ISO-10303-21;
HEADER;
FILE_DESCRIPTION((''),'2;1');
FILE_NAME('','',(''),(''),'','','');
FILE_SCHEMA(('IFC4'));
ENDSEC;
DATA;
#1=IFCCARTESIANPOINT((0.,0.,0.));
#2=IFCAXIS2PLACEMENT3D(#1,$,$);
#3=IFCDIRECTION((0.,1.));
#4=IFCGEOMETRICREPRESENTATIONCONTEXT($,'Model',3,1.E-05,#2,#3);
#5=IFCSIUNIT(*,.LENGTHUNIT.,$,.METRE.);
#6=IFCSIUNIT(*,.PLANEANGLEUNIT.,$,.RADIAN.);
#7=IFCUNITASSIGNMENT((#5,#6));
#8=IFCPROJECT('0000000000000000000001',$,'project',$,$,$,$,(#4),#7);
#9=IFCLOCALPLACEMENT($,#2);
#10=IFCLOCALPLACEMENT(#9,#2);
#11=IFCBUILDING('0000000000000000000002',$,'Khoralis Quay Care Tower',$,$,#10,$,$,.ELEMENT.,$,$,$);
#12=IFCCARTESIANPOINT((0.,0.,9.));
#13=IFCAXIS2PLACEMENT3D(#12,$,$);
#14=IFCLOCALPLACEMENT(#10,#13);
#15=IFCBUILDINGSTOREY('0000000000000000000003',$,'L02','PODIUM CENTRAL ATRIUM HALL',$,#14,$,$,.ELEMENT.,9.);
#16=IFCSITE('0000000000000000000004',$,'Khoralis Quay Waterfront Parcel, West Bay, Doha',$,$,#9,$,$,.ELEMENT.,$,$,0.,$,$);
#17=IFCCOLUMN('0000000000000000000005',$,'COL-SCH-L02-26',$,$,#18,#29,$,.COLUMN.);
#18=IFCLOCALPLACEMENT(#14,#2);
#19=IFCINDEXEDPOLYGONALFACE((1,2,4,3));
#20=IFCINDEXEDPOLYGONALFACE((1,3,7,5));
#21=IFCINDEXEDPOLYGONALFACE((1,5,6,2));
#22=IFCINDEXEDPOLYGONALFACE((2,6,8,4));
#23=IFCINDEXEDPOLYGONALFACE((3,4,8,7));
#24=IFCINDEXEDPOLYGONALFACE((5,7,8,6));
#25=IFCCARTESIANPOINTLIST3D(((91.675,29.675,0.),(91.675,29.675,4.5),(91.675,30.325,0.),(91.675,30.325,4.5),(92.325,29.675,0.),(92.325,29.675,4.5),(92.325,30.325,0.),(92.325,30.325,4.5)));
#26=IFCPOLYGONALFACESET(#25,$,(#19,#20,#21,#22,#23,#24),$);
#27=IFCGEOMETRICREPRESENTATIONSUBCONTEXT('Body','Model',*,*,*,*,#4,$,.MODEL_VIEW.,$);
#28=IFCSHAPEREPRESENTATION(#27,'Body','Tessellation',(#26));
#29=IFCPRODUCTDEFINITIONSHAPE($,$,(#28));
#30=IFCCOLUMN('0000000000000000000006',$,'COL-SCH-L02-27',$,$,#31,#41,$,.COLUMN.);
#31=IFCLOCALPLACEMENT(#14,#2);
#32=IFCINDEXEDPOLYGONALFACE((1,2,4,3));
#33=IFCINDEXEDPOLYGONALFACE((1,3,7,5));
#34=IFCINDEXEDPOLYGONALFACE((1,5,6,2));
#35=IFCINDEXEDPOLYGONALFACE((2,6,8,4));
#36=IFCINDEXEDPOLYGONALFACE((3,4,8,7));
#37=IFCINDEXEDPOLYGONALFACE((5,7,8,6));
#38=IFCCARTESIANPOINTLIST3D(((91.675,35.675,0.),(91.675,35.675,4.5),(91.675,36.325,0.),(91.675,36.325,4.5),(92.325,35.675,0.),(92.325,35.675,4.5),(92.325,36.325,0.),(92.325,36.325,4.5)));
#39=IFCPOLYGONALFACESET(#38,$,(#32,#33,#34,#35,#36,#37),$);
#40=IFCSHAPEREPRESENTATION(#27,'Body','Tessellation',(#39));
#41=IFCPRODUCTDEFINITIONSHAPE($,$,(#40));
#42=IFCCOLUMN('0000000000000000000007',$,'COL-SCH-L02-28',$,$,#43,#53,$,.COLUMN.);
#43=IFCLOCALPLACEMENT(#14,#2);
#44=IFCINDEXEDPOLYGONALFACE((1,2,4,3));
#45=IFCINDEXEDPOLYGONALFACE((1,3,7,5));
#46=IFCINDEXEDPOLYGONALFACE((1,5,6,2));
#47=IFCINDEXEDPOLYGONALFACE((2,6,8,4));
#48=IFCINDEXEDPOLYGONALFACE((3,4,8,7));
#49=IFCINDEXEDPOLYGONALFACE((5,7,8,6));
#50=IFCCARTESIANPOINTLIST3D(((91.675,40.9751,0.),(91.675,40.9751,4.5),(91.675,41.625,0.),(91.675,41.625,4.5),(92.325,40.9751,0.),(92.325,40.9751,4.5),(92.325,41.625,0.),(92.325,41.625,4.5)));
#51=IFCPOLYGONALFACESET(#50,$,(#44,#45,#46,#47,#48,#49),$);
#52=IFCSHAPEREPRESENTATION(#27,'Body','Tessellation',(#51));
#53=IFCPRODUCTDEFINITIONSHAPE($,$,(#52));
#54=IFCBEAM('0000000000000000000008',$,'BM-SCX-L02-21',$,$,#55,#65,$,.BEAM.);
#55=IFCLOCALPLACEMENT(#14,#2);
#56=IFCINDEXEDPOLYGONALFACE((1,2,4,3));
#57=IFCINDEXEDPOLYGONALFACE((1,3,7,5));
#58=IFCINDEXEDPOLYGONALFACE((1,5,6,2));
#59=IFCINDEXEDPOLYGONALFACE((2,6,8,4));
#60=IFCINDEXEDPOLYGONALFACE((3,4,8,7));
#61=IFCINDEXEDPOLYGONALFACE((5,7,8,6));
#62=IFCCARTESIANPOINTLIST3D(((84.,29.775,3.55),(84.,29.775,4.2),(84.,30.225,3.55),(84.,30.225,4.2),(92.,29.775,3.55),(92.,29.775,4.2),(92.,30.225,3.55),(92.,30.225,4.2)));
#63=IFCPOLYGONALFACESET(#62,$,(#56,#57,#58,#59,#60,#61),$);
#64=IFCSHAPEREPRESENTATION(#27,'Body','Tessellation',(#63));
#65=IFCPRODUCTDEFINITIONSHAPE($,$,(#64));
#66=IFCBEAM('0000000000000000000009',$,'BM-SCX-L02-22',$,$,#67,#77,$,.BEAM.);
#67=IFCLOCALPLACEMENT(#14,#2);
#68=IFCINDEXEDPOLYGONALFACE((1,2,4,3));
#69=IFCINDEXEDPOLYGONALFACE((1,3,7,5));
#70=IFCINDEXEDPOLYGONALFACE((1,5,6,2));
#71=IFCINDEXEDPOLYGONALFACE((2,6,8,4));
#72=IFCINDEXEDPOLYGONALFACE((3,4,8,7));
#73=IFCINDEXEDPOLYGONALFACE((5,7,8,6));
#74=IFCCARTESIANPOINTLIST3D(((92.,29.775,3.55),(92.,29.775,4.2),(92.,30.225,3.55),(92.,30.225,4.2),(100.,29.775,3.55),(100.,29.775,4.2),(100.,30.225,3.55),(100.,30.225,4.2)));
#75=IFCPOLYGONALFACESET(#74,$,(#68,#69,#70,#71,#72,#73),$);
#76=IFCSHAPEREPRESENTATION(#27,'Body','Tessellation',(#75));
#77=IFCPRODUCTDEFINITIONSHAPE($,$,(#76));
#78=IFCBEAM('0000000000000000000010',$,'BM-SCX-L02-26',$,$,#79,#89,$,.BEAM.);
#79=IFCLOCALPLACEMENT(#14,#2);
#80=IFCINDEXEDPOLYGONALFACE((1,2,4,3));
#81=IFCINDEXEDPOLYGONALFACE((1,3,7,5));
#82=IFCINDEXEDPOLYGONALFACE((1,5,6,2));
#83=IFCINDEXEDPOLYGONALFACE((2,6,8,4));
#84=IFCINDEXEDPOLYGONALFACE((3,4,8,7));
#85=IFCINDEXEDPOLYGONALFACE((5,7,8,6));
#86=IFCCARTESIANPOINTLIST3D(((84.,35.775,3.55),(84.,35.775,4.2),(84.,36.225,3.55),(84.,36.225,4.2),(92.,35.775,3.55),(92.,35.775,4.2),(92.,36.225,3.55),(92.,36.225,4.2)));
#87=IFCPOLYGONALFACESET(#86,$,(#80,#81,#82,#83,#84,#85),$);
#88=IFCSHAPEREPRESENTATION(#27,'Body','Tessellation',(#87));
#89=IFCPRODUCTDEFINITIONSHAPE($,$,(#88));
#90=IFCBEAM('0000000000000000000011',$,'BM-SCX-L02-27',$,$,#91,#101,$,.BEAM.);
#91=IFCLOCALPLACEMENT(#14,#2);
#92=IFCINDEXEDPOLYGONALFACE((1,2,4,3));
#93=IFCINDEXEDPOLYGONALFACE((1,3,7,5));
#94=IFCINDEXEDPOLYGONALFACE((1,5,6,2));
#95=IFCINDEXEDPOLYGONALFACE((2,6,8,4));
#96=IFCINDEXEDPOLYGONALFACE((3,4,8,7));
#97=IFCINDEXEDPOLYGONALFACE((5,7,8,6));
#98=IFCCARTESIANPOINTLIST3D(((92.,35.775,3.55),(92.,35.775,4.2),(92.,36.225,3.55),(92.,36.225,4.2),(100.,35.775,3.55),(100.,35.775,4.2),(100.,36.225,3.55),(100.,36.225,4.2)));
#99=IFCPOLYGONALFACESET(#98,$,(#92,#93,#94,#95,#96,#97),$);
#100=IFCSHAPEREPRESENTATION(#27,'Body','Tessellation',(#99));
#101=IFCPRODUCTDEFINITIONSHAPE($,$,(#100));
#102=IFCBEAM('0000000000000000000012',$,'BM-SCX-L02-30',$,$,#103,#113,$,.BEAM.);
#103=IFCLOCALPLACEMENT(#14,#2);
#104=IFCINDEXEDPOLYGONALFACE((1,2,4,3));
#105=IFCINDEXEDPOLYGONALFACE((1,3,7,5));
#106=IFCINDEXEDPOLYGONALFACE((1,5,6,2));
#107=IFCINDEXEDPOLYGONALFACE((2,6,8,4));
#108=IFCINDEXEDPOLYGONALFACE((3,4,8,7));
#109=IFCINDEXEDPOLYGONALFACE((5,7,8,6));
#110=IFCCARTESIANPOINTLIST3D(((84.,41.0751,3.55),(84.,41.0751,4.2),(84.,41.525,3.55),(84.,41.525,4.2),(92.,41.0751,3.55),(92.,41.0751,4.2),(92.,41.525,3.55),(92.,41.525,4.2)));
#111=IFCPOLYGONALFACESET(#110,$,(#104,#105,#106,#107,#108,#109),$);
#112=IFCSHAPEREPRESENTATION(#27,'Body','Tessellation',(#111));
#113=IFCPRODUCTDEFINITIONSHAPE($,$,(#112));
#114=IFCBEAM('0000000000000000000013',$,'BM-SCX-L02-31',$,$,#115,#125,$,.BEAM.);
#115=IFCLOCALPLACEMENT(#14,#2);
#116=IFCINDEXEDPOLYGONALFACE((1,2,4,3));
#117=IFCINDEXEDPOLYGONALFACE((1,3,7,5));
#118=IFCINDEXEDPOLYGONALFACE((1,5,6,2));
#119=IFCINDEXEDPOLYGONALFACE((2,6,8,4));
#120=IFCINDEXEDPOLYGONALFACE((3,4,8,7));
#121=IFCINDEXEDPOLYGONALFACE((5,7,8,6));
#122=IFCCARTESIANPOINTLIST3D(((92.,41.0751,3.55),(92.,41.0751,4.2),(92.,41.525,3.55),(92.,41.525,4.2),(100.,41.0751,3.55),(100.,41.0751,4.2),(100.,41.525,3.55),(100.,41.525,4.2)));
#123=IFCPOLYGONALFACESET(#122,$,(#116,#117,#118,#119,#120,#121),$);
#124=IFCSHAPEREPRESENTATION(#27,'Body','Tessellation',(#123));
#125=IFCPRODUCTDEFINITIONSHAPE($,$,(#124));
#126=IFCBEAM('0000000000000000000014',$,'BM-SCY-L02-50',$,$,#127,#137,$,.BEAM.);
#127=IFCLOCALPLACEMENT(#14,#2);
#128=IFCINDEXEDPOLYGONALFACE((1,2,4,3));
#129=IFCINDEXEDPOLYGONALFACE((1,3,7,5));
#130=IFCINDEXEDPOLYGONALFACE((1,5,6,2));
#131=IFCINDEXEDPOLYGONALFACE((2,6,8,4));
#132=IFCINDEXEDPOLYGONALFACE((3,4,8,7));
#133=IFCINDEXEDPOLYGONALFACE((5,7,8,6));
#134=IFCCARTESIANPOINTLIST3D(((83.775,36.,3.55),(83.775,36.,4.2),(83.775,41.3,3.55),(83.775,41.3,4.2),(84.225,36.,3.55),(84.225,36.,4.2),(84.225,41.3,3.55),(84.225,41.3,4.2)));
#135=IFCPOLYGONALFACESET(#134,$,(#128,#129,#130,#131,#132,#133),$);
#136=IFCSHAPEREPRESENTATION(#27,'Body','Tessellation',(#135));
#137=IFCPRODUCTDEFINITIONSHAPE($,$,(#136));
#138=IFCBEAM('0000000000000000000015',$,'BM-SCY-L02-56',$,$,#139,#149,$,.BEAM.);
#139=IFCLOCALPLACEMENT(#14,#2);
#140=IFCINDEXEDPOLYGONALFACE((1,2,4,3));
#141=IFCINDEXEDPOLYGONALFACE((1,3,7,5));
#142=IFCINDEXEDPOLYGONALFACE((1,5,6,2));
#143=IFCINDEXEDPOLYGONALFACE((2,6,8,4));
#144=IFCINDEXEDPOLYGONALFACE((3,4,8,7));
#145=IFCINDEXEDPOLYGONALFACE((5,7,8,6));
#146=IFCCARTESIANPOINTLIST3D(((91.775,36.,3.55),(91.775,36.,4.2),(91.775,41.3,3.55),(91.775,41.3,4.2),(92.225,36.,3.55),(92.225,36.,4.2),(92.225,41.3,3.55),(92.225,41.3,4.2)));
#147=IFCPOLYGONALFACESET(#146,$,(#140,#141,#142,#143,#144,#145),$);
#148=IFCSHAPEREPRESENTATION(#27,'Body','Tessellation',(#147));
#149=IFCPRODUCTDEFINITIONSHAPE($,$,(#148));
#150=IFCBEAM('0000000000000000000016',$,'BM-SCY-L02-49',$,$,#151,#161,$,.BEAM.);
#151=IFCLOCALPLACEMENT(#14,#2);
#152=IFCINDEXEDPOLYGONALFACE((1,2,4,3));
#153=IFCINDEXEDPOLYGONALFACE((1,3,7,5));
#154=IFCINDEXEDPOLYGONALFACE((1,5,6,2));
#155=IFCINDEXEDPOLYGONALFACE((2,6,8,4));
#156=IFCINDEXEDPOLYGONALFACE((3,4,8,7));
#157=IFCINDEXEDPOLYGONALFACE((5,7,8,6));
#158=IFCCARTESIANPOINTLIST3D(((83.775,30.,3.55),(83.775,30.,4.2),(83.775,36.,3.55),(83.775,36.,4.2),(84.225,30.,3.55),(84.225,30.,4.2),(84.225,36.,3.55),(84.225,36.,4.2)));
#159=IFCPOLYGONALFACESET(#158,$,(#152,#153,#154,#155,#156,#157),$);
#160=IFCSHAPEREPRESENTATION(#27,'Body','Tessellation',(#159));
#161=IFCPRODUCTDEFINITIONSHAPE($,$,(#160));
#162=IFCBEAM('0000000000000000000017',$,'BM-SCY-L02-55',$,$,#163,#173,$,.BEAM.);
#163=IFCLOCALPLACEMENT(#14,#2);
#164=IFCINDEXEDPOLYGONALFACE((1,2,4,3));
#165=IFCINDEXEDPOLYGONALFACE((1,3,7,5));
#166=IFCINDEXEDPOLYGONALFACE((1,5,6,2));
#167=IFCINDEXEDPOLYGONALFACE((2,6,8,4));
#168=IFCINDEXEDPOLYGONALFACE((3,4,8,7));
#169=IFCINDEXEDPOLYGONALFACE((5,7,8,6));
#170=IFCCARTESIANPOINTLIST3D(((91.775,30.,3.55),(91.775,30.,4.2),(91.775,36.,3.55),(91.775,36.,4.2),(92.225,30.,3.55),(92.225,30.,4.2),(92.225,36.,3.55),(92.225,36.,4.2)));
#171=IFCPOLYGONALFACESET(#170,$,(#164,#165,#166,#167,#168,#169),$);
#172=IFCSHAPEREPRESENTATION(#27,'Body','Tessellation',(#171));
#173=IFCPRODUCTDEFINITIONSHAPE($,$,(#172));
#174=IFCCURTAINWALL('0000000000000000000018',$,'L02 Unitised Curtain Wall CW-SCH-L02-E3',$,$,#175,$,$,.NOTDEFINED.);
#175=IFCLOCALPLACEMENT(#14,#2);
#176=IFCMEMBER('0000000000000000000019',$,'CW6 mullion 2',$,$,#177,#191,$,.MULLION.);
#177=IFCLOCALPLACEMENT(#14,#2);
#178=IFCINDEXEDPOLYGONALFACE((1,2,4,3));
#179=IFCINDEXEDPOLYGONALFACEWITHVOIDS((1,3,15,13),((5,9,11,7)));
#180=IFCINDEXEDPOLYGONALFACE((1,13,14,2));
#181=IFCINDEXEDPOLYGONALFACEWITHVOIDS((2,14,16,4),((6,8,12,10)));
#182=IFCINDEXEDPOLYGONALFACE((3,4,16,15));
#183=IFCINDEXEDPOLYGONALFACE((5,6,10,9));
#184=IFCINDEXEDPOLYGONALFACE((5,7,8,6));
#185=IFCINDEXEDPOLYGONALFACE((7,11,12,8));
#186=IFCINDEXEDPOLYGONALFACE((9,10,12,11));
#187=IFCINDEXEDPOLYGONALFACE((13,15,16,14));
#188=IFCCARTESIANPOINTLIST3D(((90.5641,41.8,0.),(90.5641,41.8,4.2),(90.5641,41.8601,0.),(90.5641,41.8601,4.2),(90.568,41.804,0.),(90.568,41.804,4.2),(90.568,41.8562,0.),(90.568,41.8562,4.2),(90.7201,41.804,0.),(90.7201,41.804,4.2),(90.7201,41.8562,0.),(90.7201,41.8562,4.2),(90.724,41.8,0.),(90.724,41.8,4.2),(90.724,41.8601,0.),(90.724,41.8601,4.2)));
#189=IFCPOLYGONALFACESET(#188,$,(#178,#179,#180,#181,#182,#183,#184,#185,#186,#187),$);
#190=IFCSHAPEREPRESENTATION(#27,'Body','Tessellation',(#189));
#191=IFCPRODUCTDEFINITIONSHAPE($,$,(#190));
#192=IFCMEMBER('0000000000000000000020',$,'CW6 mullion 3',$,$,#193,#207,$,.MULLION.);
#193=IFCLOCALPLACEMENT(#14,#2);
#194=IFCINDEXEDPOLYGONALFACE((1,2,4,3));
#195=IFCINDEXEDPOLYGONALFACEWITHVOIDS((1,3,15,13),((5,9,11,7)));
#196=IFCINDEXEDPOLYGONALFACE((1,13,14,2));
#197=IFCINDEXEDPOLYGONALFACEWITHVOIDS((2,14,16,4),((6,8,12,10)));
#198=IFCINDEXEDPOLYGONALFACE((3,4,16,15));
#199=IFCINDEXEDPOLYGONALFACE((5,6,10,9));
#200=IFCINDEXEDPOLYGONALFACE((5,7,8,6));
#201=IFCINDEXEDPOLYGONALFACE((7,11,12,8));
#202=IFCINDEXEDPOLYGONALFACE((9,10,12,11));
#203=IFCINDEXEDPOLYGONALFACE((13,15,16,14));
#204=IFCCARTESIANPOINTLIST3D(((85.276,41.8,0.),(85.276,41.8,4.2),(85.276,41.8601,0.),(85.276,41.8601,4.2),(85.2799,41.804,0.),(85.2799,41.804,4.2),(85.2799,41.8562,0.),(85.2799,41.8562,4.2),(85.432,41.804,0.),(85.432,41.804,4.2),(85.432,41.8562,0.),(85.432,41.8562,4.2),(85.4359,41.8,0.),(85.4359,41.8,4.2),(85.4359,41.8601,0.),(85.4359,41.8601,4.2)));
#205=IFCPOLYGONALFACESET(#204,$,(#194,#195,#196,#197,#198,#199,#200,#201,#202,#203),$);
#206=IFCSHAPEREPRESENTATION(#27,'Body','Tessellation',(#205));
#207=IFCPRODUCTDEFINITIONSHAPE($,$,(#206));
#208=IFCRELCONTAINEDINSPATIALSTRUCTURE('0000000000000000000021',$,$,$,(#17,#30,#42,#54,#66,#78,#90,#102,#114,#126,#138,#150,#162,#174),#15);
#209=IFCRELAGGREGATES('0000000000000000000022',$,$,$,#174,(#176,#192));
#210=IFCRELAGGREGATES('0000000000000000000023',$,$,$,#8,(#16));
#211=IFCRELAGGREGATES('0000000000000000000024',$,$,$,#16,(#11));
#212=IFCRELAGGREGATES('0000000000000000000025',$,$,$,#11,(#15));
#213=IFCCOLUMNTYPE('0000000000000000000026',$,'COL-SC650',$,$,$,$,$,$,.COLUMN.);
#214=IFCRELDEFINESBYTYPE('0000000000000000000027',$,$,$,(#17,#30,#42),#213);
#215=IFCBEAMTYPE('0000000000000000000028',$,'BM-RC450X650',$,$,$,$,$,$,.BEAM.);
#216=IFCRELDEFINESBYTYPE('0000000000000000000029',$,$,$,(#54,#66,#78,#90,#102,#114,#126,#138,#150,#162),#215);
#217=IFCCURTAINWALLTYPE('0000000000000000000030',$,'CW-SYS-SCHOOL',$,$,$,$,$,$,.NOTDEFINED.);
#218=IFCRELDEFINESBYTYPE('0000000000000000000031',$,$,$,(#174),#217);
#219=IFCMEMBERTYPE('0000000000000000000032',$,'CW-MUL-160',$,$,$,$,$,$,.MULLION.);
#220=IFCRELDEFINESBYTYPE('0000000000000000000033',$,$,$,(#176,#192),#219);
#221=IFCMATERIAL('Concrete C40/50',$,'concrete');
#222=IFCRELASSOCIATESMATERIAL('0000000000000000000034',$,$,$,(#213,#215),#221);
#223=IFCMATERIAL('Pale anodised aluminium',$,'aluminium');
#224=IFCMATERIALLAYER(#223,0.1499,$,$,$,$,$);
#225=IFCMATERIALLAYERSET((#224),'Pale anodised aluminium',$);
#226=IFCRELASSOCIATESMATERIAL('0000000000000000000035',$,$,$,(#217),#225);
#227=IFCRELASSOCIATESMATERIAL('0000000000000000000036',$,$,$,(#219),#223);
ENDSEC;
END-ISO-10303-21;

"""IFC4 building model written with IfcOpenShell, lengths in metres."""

from ifc_helpers import new_model, si_unit, direction, frame, origin, origin_2d, place, context, subcontext, project, spatial, rectangle, hollow_rectangle, extrude, source, transform, mapped, material, layer, layer_set, material_profile, profile_set, type_object, element, aggregate, save


model = new_model("IFC4")

# Units and contexts
model_context = context("Model", 3, precision=1e-05, world=origin(), true_north=direction((0.0, 1.0)))
body_context = subcontext(model_context, "Body", "Model", "MODEL_VIEW")
ifc_project = project(units=[si_unit("LENGTHUNIT", "METRE"), si_unit("PLANEANGLEUNIT", "RADIAN")], contexts=[model_context])

# Site, building, storey
site_placement = place(None, origin())
site = spatial("IfcSite", under=ifc_project, at=site_placement, Name="Khoralis Quay Waterfront Parcel, West Bay, Doha", CompositionType="ELEMENT", RefElevation=0.0)
building_placement = place(site_placement, origin())
building = spatial("IfcBuilding", under=site, at=building_placement, Name="Khoralis Quay Care Tower", CompositionType="ELEMENT")
storey_placement = place(building_placement, frame((0.0, 0.0, 9.0)))
storey = spatial("IfcBuildingStorey", under=building, at=storey_placement, Name="L02", Description="PODIUM CENTRAL ATRIUM HALL", CompositionType="ELEMENT", Elevation=9.0)

# Columns
ifc_material_1 = material(Name="Concrete C40/50", Category="concrete")
ifc_material_profile_1 = material_profile(ifc_material_1, rectangle(XDim=0.6499, YDim=0.6499, at=origin_2d()), Name="Concrete C40/50")
ifc_profile_set_1 = profile_set([ifc_material_profile_1], Name="Concrete C40/50")
column_type = type_object("IfcColumnType", Name="COL-SC650", PredefinedType="COLUMN", material=ifc_profile_set_1)
shared_shape_1 = source(origin(), body_context, "Body", "SweptSolid", [
    extrude(rectangle(XDim=0.6499, YDim=0.6499, at=origin_2d()), origin(), (0.0, 0.0, 1.0), 4.5),
])
for number, where, z_axis, x_axis, name in (
    (1, (92.0, 30.0, 0.0), (0.0, 0.0, 1.0), (1.0, 0.0, 0.0), "COL-SCH-L02-26"),
    (2, (92.0, 36.0, 0.0), (0.0, 0.0, 1.0), (1.0, 0.0, 0.0), "COL-SCH-L02-27"),
    (3, (92.0, 41.3, 0.0), (0.0, 0.0, 1.0), (1.0, 0.0, 0.0), "COL-SCH-L02-28"),
):
    element("IfcColumn", number, at=place(storey_placement, frame(where, z_axis=z_axis, x_axis=x_axis)), inside=storey, type_object=column_type, Name=name, PredefinedType="COLUMN", context=body_context, shape_type="MappedRepresentation", body=[
        mapped(shared_shape_1, transform((0.0, 0.0, 0.0), scale=1.0)),
    ])

# Beams
ifc_material_profile_2 = material_profile(ifc_material_1, rectangle(XDim=0.45, YDim=0.6499, at=origin_2d()), Name="Concrete C40/50")
ifc_profile_set_2 = profile_set([ifc_material_profile_2], Name="Concrete C40/50")
beam_type = type_object("IfcBeamType", Name="BM-RC450X650", PredefinedType="BEAM", material=ifc_profile_set_2)
shared_shape_2 = source(origin(), body_context, "Body", "SweptSolid", [
    extrude(rectangle(XDim=0.45, YDim=0.6499, at=origin_2d()), origin(), (0.0, 0.0, 1.0), 8.0),
])
for number, where, z_axis, x_axis, name in (
    (4, (84.0, 30.0, 3.875), (1.0, 0.0, 0.0), (0.0, 1.0, 0.0), "BM-SCX-L02-21"),
    (5, (92.0, 30.0, 3.875), (1.0, 0.0, 0.0), (0.0, 1.0, 0.0), "BM-SCX-L02-22"),
    (6, (84.0, 36.0, 3.875), (1.0, 0.0, 0.0), (0.0, 1.0, 0.0), "BM-SCX-L02-26"),
    (7, (92.0, 36.0, 3.875), (1.0, 0.0, 0.0), (0.0, 1.0, 0.0), "BM-SCX-L02-27"),
    (8, (84.0, 41.3, 3.875), (1.0, 0.0, 0.0), (0.0, 1.0, 0.0), "BM-SCX-L02-30"),
    (9, (92.0, 41.3, 3.875), (1.0, 0.0, 0.0), (0.0, 1.0, 0.0), "BM-SCX-L02-31"),
):
    element("IfcBeam", number, at=place(storey_placement, frame(where, z_axis=z_axis, x_axis=x_axis)), inside=storey, type_object=beam_type, Name=name, PredefinedType="BEAM", context=body_context, shape_type="MappedRepresentation", body=[
        mapped(shared_shape_2, transform((0.0, 0.0, 0.0), scale=1.0)),
    ])
shared_shape_3 = source(origin(), body_context, "Body", "SweptSolid", [
    extrude(rectangle(XDim=0.45, YDim=0.6499, at=origin_2d()), origin(), (0.0, 0.0, 1.0), 5.3),
])
for number, where, z_axis, x_axis, name in (
    (10, (84.0, 36.0, 3.875), (0.0, 1.0, 0.0), (-1.0, 0.0, 0.0), "BM-SCY-L02-50"),
    (11, (92.0, 36.0, 3.875), (0.0, 1.0, 0.0), (-1.0, 0.0, 0.0), "BM-SCY-L02-56"),
):
    element("IfcBeam", number, at=place(storey_placement, frame(where, z_axis=z_axis, x_axis=x_axis)), inside=storey, type_object=beam_type, Name=name, PredefinedType="BEAM", context=body_context, shape_type="MappedRepresentation", body=[
        mapped(shared_shape_3, transform((0.0, 0.0, 0.0), scale=1.0)),
    ])
shared_shape_4 = source(origin(), body_context, "Body", "SweptSolid", [
    extrude(rectangle(XDim=0.45, YDim=0.6499, at=origin_2d()), origin(), (0.0, 0.0, 1.0), 6.0),
])
for number, where, z_axis, x_axis, name in (
    (12, (84.0, 30.0, 3.875), (0.0, 1.0, 0.0), (-1.0, 0.0, 0.0), "BM-SCY-L02-49"),
    (13, (92.0, 30.0, 3.875), (0.0, 1.0, 0.0), (-1.0, 0.0, 0.0), "BM-SCY-L02-55"),
):
    element("IfcBeam", number, at=place(storey_placement, frame(where, z_axis=z_axis, x_axis=x_axis)), inside=storey, type_object=beam_type, Name=name, PredefinedType="BEAM", context=body_context, shape_type="MappedRepresentation", body=[
        mapped(shared_shape_4, transform((0.0, 0.0, 0.0), scale=1.0)),
    ])

# Curtain wall, members
ifc_material_2 = material(Name="Pale anodised aluminium", Category="aluminium")
ifc_layer_1 = layer(ifc_material_2, 0.1499)
ifc_layer_set_1 = layer_set([ifc_layer_1], Name="Pale anodised aluminium")
curtain_wall_type = type_object("IfcCurtainWallType", Name="CW-SYS-SCHOOL", PredefinedType="NOTDEFINED", material=ifc_layer_set_1)
curtain_wall_placement = place(storey_placement, origin())
curtain_wall = element("IfcCurtainWall", 14, at=curtain_wall_placement, inside=storey, type_object=curtain_wall_type, Name="L02 Unitised Curtain Wall CW-SCH-L02-E3", PredefinedType="NOTDEFINED")
ifc_material_profile_3 = material_profile(ifc_material_2, hollow_rectangle(XDim=0.0601, YDim=0.1599, WallThickness=0.0039, at=origin_2d()), Name="Pale anodised aluminium")
ifc_profile_set_3 = profile_set([ifc_material_profile_3], Name="Pale anodised aluminium")
member_type_1 = type_object("IfcMemberType", Name="CW-MUL-160", PredefinedType="MULLION", material=ifc_profile_set_3)
shared_shape_5 = source(origin(), body_context, "Body", "SweptSolid", [
    extrude(hollow_rectangle(XDim=0.0601, YDim=0.1599, WallThickness=0.0039, at=origin_2d()), origin(), (0.0, 0.0, 1.0), 4.2),
])
member_1_placement = place(storey_placement, frame((90.644, 41.8301, 0.0), z_axis=(0.0, 0.0, 1.0), x_axis=(0.0, -1.0, 0.0)))
member_1 = element("IfcMember", 15, at=member_1_placement, type_object=member_type_1, Name="CW6 mullion 2", PredefinedType="MULLION", context=body_context, shape_type="MappedRepresentation", body=[
    mapped(shared_shape_5, transform((0.0, 0.0, 0.0), scale=1.0)),
])
member_2_placement = place(storey_placement, frame((85.356, 41.8301, 0.0), z_axis=(0.0, 0.0, 1.0), x_axis=(0.0, -1.0, 0.0)))
member_2 = element("IfcMember", 16, at=member_2_placement, type_object=member_type_1, Name="CW6 mullion 3", PredefinedType="MULLION", context=body_context, shape_type="MappedRepresentation", body=[
    mapped(shared_shape_5, transform((0.0, 0.0, 0.0), scale=1.0)),
])
aggregate(curtain_wall, [member_1, member_2])

save(model, "model.ifc")
